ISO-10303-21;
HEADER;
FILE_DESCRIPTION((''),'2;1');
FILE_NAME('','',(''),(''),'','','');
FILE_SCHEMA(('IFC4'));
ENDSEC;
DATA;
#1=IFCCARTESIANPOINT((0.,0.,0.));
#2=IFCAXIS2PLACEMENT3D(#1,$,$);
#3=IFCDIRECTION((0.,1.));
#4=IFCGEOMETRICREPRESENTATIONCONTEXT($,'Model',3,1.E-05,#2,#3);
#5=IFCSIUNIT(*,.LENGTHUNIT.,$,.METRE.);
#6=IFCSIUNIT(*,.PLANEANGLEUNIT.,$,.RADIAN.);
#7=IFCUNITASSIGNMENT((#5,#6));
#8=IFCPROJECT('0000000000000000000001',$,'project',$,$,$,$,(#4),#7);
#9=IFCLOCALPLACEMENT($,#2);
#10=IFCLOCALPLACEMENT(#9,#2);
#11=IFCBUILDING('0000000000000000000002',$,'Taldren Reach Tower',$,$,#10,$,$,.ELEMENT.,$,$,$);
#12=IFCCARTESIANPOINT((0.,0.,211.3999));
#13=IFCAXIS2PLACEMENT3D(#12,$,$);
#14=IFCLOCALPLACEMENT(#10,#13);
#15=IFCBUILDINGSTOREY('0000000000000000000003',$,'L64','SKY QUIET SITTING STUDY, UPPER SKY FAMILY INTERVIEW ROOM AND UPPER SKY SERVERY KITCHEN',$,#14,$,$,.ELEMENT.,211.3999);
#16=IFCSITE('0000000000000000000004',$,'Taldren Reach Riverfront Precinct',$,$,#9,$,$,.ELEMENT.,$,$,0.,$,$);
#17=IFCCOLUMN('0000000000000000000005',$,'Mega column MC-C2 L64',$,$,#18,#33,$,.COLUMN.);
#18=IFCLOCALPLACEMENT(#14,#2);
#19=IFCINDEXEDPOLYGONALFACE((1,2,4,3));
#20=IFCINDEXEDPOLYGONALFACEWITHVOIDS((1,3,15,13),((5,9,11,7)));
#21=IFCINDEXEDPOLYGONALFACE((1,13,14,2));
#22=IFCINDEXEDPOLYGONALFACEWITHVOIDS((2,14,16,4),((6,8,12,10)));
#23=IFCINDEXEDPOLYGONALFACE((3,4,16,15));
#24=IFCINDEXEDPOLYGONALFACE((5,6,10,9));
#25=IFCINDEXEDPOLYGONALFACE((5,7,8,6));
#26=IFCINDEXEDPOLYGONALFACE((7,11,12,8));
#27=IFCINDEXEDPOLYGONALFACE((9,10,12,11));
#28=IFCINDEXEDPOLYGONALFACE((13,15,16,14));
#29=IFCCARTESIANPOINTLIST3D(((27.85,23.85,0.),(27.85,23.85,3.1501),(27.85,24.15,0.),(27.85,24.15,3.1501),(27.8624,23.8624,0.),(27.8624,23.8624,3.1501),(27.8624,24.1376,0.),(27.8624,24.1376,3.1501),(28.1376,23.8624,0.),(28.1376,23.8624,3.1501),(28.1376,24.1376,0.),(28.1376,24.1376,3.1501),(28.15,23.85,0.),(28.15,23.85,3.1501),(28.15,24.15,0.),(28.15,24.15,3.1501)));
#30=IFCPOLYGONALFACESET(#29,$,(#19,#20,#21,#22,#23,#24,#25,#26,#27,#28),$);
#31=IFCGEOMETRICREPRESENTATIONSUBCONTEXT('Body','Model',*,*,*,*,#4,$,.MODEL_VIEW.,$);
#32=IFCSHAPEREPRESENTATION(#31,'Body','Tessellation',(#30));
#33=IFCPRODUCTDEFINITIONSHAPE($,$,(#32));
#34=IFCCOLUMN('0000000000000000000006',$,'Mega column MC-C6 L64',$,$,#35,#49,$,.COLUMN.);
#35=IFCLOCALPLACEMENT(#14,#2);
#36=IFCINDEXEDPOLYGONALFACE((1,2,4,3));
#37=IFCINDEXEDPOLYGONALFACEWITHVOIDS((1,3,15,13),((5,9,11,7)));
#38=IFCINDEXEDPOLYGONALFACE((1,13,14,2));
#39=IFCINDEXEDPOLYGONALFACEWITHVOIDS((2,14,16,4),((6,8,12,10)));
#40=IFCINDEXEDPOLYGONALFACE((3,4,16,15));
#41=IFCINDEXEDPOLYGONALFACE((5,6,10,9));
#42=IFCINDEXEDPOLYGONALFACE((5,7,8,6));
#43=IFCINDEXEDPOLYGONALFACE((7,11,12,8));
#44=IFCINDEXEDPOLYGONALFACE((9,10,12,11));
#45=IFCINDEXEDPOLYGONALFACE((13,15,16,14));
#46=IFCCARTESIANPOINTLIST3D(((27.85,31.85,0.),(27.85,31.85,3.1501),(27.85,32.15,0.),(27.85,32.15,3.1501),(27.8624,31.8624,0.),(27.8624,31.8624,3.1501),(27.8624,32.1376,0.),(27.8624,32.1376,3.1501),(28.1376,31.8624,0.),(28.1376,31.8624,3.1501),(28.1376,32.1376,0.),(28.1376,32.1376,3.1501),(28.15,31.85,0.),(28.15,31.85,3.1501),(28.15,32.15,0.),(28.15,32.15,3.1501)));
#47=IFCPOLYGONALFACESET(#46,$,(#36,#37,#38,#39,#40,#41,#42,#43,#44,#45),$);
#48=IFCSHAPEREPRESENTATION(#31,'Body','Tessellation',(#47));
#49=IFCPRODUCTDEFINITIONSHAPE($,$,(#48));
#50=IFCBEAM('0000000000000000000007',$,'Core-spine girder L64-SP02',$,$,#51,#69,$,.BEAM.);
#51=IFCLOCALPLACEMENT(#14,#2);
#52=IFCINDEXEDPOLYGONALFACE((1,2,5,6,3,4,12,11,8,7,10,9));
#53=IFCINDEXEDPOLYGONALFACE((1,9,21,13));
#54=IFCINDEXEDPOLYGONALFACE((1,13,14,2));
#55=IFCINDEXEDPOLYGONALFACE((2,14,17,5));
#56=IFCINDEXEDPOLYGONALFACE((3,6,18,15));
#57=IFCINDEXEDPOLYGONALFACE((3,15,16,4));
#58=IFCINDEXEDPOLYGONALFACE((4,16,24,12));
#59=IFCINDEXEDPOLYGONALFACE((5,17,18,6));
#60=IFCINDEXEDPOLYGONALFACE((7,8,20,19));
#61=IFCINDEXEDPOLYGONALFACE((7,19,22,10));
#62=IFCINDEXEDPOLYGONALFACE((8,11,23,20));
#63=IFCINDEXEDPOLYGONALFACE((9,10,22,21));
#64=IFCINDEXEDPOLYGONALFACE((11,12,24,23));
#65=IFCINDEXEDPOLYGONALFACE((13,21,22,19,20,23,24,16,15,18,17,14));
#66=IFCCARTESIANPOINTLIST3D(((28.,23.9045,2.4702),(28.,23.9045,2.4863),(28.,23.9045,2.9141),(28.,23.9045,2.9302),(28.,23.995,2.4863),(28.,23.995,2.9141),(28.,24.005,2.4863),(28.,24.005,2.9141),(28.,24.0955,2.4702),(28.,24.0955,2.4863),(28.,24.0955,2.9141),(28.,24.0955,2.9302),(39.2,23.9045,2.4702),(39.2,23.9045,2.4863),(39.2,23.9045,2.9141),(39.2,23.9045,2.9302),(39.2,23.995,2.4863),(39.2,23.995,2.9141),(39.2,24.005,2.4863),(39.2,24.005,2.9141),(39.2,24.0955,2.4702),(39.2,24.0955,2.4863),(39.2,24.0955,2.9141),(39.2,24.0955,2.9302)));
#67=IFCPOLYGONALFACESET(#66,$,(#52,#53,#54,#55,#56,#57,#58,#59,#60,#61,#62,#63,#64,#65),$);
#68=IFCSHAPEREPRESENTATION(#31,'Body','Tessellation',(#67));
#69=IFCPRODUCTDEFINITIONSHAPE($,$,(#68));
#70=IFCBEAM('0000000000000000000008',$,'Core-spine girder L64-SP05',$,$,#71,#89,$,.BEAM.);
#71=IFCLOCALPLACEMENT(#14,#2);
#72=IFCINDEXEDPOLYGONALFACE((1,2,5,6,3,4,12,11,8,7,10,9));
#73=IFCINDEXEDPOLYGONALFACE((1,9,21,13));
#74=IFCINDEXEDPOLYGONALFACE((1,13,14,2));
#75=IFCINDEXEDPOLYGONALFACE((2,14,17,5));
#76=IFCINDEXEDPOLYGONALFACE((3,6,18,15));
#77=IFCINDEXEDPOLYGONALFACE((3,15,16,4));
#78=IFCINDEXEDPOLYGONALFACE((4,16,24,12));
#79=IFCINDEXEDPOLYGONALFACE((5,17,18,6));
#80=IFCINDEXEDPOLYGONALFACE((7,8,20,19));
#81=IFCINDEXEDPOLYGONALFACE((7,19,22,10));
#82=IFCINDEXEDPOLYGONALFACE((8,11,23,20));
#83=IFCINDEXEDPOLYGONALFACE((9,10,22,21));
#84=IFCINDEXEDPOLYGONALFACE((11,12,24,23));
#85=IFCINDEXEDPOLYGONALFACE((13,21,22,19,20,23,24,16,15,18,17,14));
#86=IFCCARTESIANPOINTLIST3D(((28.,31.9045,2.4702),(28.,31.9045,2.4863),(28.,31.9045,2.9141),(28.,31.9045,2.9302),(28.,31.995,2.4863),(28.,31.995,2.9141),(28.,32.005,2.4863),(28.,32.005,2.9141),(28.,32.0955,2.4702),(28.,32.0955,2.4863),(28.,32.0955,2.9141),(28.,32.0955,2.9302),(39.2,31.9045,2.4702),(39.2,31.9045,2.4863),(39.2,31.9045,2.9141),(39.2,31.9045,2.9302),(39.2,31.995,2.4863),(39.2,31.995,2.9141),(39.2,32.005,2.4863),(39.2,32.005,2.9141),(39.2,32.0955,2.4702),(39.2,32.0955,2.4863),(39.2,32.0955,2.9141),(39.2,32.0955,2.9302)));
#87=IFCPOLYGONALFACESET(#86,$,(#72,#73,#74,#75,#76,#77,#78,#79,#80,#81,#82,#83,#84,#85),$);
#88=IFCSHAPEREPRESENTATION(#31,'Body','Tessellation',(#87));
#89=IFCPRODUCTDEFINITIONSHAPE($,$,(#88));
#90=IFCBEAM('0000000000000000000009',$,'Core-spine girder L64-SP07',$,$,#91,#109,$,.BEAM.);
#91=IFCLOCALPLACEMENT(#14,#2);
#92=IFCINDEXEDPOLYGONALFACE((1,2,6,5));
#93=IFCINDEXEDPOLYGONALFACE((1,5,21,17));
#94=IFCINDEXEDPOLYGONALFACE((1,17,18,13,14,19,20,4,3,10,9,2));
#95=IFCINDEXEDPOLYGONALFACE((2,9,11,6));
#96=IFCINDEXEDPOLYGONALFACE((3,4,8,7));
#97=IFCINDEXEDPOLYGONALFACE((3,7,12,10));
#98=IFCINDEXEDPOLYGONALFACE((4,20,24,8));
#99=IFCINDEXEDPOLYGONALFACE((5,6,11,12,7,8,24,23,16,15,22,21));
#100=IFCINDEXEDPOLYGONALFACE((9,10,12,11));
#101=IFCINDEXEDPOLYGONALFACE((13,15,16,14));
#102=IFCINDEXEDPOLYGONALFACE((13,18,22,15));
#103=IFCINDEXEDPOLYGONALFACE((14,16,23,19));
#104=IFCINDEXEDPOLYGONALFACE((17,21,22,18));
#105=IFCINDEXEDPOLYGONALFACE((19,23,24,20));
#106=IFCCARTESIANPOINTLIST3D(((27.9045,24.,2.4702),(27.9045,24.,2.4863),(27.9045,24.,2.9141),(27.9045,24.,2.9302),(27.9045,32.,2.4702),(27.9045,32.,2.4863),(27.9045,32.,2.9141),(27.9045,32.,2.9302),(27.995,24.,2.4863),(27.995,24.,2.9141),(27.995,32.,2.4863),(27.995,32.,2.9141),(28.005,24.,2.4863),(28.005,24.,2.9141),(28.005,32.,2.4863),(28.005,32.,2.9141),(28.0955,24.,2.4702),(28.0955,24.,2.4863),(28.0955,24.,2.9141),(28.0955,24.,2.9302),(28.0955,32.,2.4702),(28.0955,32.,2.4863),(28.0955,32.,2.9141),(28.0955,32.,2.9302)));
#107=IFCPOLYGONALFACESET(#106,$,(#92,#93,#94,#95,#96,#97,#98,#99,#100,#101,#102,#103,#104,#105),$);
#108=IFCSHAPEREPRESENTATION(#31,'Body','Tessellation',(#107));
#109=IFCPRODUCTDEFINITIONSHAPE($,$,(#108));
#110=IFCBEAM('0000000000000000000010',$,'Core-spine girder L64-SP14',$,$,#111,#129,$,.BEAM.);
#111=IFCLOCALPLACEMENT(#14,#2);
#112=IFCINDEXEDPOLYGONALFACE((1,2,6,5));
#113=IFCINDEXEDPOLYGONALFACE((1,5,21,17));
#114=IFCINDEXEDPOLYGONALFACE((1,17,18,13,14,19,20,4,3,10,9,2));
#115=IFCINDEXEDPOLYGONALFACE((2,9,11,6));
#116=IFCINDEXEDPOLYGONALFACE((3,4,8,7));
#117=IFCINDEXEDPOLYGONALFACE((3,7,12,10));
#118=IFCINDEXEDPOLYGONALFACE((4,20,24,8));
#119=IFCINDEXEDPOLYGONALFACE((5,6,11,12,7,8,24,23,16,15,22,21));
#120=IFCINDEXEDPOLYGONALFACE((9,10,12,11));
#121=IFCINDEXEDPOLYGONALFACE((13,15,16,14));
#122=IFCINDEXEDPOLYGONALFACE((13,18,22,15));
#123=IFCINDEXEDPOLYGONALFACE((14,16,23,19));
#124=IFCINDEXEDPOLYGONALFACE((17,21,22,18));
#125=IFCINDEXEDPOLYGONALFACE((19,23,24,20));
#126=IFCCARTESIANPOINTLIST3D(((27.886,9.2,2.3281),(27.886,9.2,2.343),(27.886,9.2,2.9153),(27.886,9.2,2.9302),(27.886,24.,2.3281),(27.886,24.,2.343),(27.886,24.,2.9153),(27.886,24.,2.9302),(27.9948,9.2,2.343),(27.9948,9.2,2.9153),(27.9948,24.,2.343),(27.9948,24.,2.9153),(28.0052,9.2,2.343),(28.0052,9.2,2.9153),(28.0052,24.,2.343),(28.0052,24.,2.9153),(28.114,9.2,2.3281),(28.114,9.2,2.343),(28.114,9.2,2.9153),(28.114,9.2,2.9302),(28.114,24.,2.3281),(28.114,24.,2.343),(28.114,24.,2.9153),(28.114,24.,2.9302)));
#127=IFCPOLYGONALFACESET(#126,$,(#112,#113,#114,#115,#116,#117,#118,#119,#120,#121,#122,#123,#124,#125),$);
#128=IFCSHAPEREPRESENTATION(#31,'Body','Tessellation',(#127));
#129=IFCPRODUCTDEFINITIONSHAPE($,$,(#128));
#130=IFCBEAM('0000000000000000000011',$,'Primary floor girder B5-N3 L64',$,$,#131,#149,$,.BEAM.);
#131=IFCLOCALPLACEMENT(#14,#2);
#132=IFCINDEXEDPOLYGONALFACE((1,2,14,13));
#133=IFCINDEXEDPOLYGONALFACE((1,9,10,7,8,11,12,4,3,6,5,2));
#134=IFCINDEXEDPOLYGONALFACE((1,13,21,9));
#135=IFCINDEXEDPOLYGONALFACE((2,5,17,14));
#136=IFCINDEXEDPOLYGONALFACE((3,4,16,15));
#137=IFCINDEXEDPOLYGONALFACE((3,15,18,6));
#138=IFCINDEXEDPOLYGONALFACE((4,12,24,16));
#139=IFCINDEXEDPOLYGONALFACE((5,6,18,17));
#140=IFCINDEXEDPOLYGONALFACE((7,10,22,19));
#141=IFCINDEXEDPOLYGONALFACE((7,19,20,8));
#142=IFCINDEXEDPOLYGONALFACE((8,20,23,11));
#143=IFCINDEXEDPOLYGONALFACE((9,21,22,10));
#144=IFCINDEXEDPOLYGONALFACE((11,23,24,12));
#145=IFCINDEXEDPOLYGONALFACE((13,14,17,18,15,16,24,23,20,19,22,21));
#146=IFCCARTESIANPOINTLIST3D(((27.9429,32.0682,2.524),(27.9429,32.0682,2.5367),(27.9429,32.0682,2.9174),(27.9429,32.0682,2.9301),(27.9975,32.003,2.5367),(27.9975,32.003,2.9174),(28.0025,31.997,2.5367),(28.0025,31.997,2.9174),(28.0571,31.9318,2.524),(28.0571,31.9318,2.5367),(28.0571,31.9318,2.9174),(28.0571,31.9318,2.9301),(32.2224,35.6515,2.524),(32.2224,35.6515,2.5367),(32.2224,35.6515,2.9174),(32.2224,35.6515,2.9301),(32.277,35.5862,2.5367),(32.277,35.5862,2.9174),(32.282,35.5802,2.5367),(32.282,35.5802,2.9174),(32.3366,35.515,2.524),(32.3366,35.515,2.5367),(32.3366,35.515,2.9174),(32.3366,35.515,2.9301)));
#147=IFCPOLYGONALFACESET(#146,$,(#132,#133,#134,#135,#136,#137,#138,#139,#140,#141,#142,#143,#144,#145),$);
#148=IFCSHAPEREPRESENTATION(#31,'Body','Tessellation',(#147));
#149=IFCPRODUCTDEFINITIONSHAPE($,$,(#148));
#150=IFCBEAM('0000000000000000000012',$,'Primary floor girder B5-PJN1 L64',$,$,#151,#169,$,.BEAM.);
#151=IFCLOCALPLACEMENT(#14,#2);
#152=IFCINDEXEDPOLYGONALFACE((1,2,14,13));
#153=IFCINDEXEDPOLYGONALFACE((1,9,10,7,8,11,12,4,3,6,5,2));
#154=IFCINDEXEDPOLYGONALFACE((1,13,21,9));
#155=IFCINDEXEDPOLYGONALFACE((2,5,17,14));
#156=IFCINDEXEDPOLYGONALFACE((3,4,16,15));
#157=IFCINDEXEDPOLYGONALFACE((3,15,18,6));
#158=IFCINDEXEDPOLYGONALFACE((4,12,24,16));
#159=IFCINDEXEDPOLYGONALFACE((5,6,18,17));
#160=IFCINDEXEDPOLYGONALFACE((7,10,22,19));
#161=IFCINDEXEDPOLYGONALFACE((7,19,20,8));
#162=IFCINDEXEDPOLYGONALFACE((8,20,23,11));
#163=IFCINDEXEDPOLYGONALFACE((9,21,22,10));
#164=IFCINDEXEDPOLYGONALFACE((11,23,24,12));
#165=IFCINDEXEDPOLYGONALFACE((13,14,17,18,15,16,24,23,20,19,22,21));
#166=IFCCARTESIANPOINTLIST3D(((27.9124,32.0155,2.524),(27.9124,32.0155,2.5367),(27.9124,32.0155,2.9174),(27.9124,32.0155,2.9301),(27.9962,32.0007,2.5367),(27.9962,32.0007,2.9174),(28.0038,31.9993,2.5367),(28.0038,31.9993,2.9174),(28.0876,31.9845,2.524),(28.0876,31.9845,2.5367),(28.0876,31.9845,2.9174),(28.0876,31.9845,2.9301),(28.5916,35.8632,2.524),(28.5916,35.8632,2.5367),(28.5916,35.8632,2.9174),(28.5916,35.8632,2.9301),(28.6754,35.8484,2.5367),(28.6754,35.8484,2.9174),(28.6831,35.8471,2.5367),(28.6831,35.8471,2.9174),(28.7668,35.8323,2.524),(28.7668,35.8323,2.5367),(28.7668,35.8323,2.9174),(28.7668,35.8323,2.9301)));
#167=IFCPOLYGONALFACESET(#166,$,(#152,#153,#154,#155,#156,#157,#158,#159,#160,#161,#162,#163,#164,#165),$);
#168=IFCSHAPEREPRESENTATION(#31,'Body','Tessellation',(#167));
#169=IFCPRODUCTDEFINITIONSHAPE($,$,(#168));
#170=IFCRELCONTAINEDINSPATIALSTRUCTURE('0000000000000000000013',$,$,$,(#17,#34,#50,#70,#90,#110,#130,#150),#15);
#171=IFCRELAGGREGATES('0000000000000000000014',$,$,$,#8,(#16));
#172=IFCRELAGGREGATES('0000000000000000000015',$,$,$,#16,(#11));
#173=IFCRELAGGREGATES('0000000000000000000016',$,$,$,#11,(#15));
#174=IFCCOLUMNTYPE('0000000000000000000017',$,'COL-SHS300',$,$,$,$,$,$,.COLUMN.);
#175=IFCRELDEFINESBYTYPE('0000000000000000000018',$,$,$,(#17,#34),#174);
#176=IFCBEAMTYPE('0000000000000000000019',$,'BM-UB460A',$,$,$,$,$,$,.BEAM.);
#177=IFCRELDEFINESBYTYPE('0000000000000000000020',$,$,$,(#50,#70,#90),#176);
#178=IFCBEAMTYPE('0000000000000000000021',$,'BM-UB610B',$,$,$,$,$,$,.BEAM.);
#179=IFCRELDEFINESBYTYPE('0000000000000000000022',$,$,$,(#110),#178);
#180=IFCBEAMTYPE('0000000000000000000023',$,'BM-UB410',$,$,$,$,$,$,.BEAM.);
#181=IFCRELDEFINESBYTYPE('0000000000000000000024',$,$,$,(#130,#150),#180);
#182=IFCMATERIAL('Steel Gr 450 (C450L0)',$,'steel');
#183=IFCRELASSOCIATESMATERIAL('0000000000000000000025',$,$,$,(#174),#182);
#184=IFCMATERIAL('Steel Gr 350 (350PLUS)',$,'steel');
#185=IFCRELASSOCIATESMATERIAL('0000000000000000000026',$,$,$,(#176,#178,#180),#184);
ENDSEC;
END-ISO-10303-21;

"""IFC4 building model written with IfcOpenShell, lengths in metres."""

from ifc_helpers import new_model, si_unit, direction, frame, origin, origin_2d, place, context, subcontext, project, spatial, hollow_rectangle, i_section, extrude, source, transform, mapped, material, material_profile, profile_set, type_object, element, save


model = new_model("IFC4")

# Units and contexts
model_context = context("Model", 3, precision=1e-05, world=origin(), true_north=direction((0.0, 1.0)))
body_context = subcontext(model_context, "Body", "Model", "MODEL_VIEW")
ifc_project = project(units=[si_unit("LENGTHUNIT", "METRE"), si_unit("PLANEANGLEUNIT", "RADIAN")], contexts=[model_context])

# Site, building, storey
site_placement = place(None, origin())
site = spatial("IfcSite", under=ifc_project, at=site_placement, Name="Taldren Reach Riverfront Precinct", CompositionType="ELEMENT", RefElevation=0.0)
building_placement = place(site_placement, origin())
building = spatial("IfcBuilding", under=site, at=building_placement, Name="Taldren Reach Tower", CompositionType="ELEMENT")
storey_placement = place(building_placement, frame((0.0, 0.0, 211.3999)))
storey = spatial("IfcBuildingStorey", under=building, at=storey_placement, Name="L64", Description="SKY QUIET SITTING STUDY, UPPER SKY FAMILY INTERVIEW ROOM AND UPPER SKY SERVERY KITCHEN", CompositionType="ELEMENT", Elevation=211.3999)

# Columns
ifc_material_1 = material(Name="Steel Gr 450 (C450L0)", Category="steel")
ifc_material_profile_1 = material_profile(ifc_material_1, hollow_rectangle(XDim=0.3, YDim=0.3, WallThickness=0.0125, at=origin_2d()), Name="300x300x12.5SHS")
ifc_profile_set_1 = profile_set([ifc_material_profile_1], Name="Steel Gr 450 (C450L0)")
column_type = type_object("IfcColumnType", Name="COL-SHS300", PredefinedType="COLUMN", material=ifc_profile_set_1)
shared_shape_1 = source(origin(), body_context, "Body", "SweptSolid", [
    extrude(hollow_rectangle(XDim=0.3, YDim=0.3, WallThickness=0.0125, at=origin_2d()), origin(), (0.0, 0.0, 1.0), 3.1501),
])
for number, where, z_axis, x_axis, name in (
    (1, (28.0, 24.0, 0.0), (0.0, 0.0, 1.0), (1.0, 0.0, 0.0), "Mega column MC-C2 L64"),
    (2, (28.0, 32.0, 0.0), (0.0, 0.0, 1.0), (1.0, 0.0, 0.0), "Mega column MC-C6 L64"),
):
    element("IfcColumn", number, at=place(storey_placement, frame(where, z_axis=z_axis, x_axis=x_axis)), inside=storey, type_object=column_type, Name=name, PredefinedType="COLUMN", context=body_context, shape_type="MappedRepresentation", body=[
        mapped(shared_shape_1, transform((0.0, 0.0, 0.0), scale=1.0)),
    ])

# Beams
ifc_material_2 = material(Name="Steel Gr 350 (350PLUS)", Category="steel")
ifc_material_profile_2 = material_profile(ifc_material_2, i_section(OverallWidth=0.1909, OverallDepth=0.46, WebThickness=0.01, FlangeThickness=0.0161, at=origin_2d()), Name="460UB82.1")
ifc_profile_set_2 = profile_set([ifc_material_profile_2], Name="Steel Gr 350 (350PLUS)")
beam_type_1 = type_object("IfcBeamType", Name="BM-UB460A", PredefinedType="BEAM", material=ifc_profile_set_2)
shared_shape_2 = source(origin(), body_context, "Body", "SweptSolid", [
    extrude(i_section(OverallWidth=0.1909, OverallDepth=0.46, WebThickness=0.01, FlangeThickness=0.0161, at=origin_2d()), origin(), (0.0, 0.0, 1.0), 11.2),
])
for number, where, z_axis, x_axis, name in (
    (3, (28.0, 24.0, 2.7002), (1.0, 0.0, 0.0), (0.0, 1.0, 0.0), "Core-spine girder L64-SP02"),
    (4, (28.0, 32.0, 2.7002), (1.0, 0.0, 0.0), (0.0, 1.0, 0.0), "Core-spine girder L64-SP05"),
):
    element("IfcBeam", number, at=place(storey_placement, frame(where, z_axis=z_axis, x_axis=x_axis)), inside=storey, type_object=beam_type_1, Name=name, PredefinedType="BEAM", context=body_context, shape_type="MappedRepresentation", body=[
        mapped(shared_shape_2, transform((0.0, 0.0, 0.0), scale=1.0)),
    ])
shared_shape_3 = source(origin(), body_context, "Body", "SweptSolid", [
    extrude(i_section(OverallWidth=0.1909, OverallDepth=0.46, WebThickness=0.01, FlangeThickness=0.0161, at=origin_2d()), origin(), (0.0, 0.0, 1.0), 8.0),
])
beam_1_placement = place(storey_placement, frame((28.0, 24.0, 2.7002), z_axis=(0.0, 1.0, 0.0), x_axis=(-1.0, 0.0, 0.0)))
element("IfcBeam", 5, at=beam_1_placement, inside=storey, type_object=beam_type_1, Name="Core-spine girder L64-SP07", PredefinedType="BEAM", context=body_context, shape_type="MappedRepresentation", body=[
    mapped(shared_shape_3, transform((0.0, 0.0, 0.0), scale=1.0)),
])
ifc_material_profile_3 = material_profile(ifc_material_2, i_section(OverallWidth=0.228, OverallDepth=0.6021, WebThickness=0.0105, FlangeThickness=0.0149, at=origin_2d()), Name="610UB101")
ifc_profile_set_3 = profile_set([ifc_material_profile_3], Name="Steel Gr 350 (350PLUS)")
beam_type_2 = type_object("IfcBeamType", Name="BM-UB610B", PredefinedType="BEAM", material=ifc_profile_set_3)
shared_shape_4 = source(origin(), body_context, "Body", "SweptSolid", [
    extrude(i_section(OverallWidth=0.228, OverallDepth=0.6021, WebThickness=0.0105, FlangeThickness=0.0149, at=origin_2d()), origin(), (0.0, 0.0, 1.0), 14.8),
])
beam_2_placement = place(storey_placement, frame((28.0, 24.0, 2.6292), z_axis=(0.0, -1.0, 0.0), x_axis=(1.0, 0.0, 0.0)))
element("IfcBeam", 6, at=beam_2_placement, inside=storey, type_object=beam_type_2, Name="Core-spine girder L64-SP14", PredefinedType="BEAM", context=body_context, shape_type="MappedRepresentation", body=[
    mapped(shared_shape_4, transform((0.0, 0.0, 0.0), scale=1.0)),
])
ifc_material_profile_4 = material_profile(ifc_material_2, i_section(OverallWidth=0.178, OverallDepth=0.406, WebThickness=0.0078, FlangeThickness=0.0127, at=origin_2d()), Name="410UB59.7")
ifc_profile_set_4 = profile_set([ifc_material_profile_4], Name="Steel Gr 350 (350PLUS)")
beam_type_3 = type_object("IfcBeamType", Name="BM-UB410", PredefinedType="BEAM", material=ifc_profile_set_4)
shared_shape_5 = source(origin(), body_context, "Body", "SweptSolid", [
    extrude(i_section(OverallWidth=0.178, OverallDepth=0.406, WebThickness=0.0078, FlangeThickness=0.0127, at=origin_2d()), origin(), (0.0, 0.0, 1.0), 5.5815),
])
beam_3_placement = place(storey_placement, frame((28.0, 32.0, 2.7271), z_axis=(0.766724, 0.641977, 0.0), x_axis=(-0.641977, 0.766724, 0.0)))
element("IfcBeam", 7, at=beam_3_placement, inside=storey, type_object=beam_type_3, Name="Primary floor girder B5-N3 L64", PredefinedType="BEAM", context=body_context, shape_type="MappedRepresentation", body=[
    mapped(shared_shape_5, transform((0.0, 0.0, 0.0), scale=1.0)),
])
shared_shape_6 = source(origin(), body_context, "Body", "SweptSolid", [
    extrude(i_section(OverallWidth=0.178, OverallDepth=0.406, WebThickness=0.0078, FlangeThickness=0.0127, at=origin_2d()), origin(), (0.0, 0.0, 1.0), 3.9072),
])
beam_4_placement = place(storey_placement, frame((28.0, 32.0, 2.7271), z_axis=(0.173835, 0.984775, 0.0), x_axis=(-0.984775, 0.173835, 0.0)))
element("IfcBeam", 8, at=beam_4_placement, inside=storey, type_object=beam_type_3, Name="Primary floor girder B5-PJN1 L64", PredefinedType="BEAM", context=body_context, shape_type="MappedRepresentation", body=[
    mapped(shared_shape_6, transform((0.0, 0.0, 0.0), scale=1.0)),
])

save(model, "model.ifc")
